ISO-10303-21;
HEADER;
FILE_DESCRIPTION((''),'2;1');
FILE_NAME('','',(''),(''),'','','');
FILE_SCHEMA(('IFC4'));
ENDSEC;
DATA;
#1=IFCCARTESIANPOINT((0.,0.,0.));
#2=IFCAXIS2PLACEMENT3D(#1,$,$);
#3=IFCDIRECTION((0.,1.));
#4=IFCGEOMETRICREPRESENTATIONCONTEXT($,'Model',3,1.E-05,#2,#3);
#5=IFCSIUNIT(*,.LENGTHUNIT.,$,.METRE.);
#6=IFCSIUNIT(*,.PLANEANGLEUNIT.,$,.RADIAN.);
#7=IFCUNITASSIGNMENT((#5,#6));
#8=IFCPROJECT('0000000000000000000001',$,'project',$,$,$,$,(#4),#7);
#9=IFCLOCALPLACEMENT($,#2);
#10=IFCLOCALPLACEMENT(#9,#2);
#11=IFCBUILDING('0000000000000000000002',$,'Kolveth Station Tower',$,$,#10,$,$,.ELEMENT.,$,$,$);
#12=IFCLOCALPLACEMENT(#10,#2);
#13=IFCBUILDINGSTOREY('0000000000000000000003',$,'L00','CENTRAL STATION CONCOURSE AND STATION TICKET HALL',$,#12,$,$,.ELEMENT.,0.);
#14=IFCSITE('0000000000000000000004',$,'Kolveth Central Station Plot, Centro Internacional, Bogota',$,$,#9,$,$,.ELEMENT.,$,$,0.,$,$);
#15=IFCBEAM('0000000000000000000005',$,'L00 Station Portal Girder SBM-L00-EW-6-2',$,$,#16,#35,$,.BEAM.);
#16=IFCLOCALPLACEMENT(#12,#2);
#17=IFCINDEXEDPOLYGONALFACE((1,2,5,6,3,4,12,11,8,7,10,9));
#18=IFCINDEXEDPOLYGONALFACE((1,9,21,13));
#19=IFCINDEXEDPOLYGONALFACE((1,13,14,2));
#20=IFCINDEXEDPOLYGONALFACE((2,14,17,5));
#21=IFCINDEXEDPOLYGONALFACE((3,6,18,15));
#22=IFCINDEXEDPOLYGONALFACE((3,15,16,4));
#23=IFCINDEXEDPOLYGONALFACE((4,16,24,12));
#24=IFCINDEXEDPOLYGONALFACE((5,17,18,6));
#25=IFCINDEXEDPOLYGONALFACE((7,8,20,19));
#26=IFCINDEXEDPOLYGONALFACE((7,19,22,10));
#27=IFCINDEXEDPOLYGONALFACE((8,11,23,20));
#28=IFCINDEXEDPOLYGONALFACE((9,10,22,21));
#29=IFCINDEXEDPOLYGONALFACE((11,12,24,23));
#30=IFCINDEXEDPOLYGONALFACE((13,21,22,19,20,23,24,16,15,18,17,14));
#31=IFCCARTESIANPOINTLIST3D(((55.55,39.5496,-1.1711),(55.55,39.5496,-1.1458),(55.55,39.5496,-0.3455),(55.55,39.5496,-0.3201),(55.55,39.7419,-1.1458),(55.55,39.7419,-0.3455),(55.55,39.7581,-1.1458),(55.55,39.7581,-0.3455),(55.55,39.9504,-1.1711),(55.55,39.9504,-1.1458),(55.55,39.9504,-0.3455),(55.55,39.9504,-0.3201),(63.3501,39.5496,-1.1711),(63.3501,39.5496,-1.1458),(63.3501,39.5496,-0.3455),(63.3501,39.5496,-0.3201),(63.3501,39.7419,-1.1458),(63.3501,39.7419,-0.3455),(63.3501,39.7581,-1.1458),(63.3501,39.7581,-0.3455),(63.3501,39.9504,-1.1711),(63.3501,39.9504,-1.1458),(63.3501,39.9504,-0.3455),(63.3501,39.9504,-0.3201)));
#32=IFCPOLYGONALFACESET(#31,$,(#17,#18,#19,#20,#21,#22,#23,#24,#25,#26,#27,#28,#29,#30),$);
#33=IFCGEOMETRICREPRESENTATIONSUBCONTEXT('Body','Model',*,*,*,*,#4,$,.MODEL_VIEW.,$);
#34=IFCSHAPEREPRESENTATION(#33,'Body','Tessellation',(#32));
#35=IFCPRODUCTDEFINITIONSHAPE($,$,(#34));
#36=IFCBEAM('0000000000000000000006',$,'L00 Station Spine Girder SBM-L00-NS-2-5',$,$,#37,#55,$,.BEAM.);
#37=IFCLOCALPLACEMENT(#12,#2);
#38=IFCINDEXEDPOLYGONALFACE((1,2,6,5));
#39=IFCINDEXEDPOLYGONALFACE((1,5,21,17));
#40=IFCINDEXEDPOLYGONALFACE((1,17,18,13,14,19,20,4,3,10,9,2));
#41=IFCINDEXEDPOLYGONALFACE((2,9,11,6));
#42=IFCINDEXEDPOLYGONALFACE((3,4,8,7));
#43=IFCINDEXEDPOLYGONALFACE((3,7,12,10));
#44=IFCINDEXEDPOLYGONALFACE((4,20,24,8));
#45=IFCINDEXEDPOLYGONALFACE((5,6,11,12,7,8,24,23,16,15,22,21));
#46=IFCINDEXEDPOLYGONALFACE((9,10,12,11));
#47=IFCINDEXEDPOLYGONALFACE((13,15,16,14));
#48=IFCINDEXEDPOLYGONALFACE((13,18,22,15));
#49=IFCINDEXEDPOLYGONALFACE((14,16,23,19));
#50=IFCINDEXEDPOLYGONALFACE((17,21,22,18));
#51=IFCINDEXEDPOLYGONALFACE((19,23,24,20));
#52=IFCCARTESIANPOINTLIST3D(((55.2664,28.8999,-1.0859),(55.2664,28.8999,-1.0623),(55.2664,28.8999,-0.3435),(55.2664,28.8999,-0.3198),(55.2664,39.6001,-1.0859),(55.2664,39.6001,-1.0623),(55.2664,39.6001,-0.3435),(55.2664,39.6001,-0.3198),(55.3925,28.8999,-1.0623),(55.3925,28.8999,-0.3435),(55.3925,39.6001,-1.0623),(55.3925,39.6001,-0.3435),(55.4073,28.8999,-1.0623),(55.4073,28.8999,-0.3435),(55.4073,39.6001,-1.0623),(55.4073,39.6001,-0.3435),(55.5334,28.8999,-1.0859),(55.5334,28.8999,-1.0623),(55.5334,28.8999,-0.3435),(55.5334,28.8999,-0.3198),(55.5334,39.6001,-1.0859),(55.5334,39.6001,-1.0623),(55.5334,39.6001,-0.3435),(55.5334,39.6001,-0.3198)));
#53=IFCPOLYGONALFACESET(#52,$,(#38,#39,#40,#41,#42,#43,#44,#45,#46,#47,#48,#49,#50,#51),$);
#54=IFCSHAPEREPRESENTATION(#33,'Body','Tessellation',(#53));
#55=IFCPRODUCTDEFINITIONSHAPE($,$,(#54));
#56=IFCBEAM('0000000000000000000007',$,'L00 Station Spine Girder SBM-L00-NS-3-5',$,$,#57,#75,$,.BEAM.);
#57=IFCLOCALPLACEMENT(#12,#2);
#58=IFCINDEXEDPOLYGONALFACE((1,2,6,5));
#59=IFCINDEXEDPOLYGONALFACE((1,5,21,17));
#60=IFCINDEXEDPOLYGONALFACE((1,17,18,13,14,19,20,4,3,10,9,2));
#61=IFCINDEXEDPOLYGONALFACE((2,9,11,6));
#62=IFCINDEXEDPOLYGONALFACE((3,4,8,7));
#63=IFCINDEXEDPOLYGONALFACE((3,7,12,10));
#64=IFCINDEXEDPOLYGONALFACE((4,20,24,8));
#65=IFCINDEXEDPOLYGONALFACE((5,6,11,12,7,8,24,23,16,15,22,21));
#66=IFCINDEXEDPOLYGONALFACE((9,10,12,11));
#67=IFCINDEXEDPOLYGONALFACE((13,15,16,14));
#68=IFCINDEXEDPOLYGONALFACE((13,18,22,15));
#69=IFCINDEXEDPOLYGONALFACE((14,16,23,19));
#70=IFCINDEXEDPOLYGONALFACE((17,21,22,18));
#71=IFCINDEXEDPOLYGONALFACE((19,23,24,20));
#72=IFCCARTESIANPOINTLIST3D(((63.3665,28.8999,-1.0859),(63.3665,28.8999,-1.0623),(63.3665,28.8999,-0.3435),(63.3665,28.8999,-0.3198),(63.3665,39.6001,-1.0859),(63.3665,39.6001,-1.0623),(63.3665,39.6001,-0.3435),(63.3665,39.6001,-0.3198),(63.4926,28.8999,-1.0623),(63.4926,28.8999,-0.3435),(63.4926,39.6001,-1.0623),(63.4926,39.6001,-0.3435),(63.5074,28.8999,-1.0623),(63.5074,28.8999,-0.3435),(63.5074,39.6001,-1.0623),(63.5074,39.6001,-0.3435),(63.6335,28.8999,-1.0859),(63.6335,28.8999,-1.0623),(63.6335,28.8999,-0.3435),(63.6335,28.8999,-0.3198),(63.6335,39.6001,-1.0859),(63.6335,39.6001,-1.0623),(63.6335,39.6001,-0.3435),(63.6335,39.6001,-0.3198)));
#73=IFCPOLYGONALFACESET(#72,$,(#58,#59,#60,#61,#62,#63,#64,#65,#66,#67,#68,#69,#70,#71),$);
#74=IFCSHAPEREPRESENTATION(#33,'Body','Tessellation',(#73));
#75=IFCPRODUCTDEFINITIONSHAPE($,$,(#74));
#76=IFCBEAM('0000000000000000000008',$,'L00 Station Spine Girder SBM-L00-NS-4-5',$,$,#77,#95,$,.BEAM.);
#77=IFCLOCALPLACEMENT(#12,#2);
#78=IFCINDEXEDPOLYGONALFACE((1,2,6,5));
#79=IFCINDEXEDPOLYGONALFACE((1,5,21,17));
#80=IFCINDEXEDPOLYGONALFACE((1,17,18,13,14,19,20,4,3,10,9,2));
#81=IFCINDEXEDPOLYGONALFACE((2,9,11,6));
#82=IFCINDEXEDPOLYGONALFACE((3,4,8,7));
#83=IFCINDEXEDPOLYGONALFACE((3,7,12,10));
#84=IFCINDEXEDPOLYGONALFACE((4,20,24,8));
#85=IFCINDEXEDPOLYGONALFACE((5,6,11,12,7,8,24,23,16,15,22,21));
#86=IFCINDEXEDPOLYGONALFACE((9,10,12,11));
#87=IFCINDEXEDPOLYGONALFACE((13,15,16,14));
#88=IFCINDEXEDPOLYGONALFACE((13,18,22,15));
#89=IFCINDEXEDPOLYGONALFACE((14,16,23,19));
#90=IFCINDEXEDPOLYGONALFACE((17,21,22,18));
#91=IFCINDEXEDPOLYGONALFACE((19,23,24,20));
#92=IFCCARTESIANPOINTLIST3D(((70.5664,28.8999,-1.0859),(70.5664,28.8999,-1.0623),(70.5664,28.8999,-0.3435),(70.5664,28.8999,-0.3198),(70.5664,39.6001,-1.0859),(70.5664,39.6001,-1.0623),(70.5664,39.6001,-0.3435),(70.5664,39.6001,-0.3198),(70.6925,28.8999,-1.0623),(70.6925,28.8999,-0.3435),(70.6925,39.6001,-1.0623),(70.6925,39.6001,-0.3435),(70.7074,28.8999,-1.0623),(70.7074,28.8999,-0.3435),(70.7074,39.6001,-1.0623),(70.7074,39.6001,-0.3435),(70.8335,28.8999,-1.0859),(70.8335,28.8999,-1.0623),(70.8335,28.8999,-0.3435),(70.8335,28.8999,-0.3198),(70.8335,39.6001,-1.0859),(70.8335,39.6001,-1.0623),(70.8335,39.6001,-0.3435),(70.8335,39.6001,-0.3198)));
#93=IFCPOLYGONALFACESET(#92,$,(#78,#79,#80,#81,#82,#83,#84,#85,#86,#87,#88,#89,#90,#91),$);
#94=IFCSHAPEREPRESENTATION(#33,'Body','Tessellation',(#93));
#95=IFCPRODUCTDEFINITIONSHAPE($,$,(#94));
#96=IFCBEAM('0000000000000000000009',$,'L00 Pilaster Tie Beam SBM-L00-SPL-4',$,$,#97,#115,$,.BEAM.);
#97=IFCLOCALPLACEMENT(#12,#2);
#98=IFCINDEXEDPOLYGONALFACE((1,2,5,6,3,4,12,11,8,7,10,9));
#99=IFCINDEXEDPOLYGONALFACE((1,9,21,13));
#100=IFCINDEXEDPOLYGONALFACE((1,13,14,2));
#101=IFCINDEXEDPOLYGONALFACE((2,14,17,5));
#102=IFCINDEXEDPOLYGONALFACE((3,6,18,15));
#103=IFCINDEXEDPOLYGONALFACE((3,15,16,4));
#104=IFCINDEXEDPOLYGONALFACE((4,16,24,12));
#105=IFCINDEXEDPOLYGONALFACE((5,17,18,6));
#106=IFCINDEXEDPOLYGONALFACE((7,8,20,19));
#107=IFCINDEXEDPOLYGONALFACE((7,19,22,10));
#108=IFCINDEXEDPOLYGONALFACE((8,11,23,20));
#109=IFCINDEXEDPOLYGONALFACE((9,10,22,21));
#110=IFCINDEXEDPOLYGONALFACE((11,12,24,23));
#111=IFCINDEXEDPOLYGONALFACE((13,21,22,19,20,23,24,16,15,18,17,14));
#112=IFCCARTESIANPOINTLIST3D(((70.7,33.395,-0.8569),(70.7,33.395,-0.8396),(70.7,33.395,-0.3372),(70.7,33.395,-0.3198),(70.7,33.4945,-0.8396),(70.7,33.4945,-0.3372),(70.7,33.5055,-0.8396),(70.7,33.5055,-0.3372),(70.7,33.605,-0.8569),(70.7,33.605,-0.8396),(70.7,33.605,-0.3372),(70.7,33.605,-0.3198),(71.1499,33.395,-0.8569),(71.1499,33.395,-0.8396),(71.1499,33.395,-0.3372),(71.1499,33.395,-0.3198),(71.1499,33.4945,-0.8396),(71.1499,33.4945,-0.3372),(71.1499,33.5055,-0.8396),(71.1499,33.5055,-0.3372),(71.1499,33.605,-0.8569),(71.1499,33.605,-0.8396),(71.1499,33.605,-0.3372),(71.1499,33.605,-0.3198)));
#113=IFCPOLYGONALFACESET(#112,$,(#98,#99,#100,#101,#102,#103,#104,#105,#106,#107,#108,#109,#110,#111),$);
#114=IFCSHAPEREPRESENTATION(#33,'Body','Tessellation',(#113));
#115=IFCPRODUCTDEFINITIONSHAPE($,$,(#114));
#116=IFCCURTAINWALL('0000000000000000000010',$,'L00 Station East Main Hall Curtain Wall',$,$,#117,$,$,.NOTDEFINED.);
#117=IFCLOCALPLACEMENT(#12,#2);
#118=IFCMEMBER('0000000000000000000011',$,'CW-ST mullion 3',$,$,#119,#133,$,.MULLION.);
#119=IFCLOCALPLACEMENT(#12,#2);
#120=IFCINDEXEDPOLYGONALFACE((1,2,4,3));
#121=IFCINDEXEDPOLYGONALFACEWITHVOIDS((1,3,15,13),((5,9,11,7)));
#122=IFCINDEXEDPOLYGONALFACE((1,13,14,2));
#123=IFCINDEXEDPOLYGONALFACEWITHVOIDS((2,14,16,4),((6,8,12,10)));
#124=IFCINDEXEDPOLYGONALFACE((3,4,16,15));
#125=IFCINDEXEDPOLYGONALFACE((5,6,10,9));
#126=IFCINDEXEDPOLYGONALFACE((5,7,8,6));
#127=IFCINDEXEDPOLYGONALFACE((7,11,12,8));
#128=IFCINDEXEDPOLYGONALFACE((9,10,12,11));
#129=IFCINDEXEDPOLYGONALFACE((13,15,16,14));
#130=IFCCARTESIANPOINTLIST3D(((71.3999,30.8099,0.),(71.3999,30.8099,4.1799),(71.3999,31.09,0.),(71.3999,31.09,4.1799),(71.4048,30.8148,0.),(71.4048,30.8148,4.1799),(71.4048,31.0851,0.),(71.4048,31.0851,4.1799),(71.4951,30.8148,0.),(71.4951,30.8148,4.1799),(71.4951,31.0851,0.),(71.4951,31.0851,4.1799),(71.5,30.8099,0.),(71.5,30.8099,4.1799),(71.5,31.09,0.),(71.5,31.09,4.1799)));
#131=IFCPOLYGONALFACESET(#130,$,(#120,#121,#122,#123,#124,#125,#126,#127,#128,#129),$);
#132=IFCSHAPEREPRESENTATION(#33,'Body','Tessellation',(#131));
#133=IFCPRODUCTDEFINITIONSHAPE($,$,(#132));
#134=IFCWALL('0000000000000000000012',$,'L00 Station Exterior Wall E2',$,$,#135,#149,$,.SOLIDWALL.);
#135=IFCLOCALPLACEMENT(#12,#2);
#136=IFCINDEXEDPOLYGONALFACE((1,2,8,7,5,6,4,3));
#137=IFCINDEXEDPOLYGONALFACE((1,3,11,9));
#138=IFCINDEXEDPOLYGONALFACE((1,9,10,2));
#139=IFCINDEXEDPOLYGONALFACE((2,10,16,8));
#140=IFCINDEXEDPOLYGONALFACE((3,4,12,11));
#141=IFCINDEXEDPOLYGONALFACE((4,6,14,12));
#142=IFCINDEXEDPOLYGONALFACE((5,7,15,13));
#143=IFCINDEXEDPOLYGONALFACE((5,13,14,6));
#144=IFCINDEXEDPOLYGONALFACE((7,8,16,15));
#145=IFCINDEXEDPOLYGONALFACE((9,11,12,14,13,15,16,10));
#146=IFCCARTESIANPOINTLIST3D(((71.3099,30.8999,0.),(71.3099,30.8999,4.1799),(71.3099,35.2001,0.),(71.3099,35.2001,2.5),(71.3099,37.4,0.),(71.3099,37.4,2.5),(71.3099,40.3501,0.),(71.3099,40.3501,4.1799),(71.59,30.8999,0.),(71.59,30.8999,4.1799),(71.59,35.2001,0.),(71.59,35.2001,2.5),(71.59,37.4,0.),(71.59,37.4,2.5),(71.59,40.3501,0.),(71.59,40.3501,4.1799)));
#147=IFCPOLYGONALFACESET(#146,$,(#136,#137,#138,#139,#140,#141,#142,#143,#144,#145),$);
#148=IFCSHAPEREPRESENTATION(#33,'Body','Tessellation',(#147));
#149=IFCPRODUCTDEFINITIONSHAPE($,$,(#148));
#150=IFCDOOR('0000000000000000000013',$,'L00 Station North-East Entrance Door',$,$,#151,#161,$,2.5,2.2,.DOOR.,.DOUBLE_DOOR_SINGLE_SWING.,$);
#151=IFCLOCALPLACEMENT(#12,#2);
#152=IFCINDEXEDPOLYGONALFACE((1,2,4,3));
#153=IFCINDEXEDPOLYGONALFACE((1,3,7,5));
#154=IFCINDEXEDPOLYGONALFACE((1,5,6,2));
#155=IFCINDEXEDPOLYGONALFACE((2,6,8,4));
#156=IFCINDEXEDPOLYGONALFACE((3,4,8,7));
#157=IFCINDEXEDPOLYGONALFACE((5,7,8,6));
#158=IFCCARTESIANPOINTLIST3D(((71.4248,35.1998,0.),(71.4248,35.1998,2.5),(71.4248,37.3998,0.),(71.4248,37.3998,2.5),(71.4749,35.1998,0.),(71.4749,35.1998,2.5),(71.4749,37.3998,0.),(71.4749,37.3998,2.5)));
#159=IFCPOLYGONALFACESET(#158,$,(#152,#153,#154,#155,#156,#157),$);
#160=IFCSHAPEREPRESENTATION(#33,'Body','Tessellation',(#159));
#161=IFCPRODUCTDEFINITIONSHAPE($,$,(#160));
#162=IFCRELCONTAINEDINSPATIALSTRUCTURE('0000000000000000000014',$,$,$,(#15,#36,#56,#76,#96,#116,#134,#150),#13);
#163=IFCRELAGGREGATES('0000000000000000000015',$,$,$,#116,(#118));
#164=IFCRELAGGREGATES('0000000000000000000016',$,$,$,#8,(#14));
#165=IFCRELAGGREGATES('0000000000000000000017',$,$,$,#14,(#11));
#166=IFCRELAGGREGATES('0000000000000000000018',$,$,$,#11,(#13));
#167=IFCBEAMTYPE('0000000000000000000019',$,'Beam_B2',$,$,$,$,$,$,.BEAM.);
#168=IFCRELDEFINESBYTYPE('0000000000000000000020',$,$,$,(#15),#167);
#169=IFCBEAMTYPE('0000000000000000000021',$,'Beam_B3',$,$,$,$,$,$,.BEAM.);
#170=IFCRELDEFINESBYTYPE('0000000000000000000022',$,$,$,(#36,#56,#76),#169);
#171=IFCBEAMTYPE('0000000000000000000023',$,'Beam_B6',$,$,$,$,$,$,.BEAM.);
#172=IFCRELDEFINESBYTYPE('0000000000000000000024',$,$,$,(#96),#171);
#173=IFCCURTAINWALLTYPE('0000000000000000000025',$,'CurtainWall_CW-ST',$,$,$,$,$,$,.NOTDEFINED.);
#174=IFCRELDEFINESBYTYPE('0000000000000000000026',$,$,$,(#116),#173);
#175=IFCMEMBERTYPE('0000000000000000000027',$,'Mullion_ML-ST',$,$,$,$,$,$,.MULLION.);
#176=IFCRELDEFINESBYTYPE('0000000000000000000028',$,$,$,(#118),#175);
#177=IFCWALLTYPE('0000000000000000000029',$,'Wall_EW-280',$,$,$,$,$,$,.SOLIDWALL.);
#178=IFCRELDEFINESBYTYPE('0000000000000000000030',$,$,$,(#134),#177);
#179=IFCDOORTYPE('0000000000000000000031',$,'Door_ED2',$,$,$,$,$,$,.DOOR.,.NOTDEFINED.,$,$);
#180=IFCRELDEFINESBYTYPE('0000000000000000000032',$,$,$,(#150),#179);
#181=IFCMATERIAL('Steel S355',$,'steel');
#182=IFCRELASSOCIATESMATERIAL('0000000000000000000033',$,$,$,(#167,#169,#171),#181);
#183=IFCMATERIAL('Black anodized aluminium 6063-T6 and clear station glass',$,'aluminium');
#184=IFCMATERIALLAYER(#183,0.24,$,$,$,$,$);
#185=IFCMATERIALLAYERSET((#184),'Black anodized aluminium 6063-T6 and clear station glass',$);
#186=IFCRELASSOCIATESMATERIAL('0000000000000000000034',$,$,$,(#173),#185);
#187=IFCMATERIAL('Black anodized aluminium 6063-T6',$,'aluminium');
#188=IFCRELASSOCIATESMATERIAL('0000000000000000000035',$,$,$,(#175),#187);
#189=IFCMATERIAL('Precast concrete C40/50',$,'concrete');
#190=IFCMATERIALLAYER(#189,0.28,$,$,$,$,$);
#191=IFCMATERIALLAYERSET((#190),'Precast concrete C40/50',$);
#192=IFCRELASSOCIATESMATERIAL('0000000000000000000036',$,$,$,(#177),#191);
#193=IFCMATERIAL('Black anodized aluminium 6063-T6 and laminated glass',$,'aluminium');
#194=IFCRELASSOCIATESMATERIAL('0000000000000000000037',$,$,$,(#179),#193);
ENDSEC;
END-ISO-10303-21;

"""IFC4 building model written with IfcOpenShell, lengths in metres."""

from ifc_helpers import new_model, si_unit, direction, frame, frame_2d, origin, origin_2d, place, context, subcontext, project, spatial, rectangle, hollow_rectangle, i_section, extrude, source, transform, mapped, material, layer, layer_set, material_profile, profile_set, type_object, element, fill, aggregate, save


model = new_model("IFC4")

# Units and contexts
model_context = context("Model", 3, precision=1e-05, world=origin(), true_north=direction((0.0, 1.0)))
body_context = subcontext(model_context, "Body", "Model", "MODEL_VIEW")
ifc_project = project(units=[si_unit("LENGTHUNIT", "METRE"), si_unit("PLANEANGLEUNIT", "RADIAN")], contexts=[model_context])

# Site, building, storey
site_placement = place(None, origin())
site = spatial("IfcSite", under=ifc_project, at=site_placement, Name="Kolveth Central Station Plot, Centro Internacional, Bogota", CompositionType="ELEMENT", RefElevation=0.0)
building_placement = place(site_placement, origin())
building = spatial("IfcBuilding", under=site, at=building_placement, Name="Kolveth Station Tower", CompositionType="ELEMENT")
storey_placement = place(building_placement, origin())
storey = spatial("IfcBuildingStorey", under=building, at=storey_placement, Name="L00", Description="CENTRAL STATION CONCOURSE AND STATION TICKET HALL", CompositionType="ELEMENT", Elevation=0.0)

# Shared definitions
ifc_material_1 = material(Name="Steel S355", Category="steel")

# Beams
ifc_material_profile_1 = material_profile(ifc_material_1, i_section(OverallWidth=0.4009, OverallDepth=0.8511, WebThickness=0.0161, FlangeThickness=0.0254, at=origin_2d()), Name="W840x226")
ifc_profile_set_1 = profile_set([ifc_material_profile_1], Name="Steel S355")
beam_type_1 = type_object("IfcBeamType", Name="Beam_B2", PredefinedType="BEAM", material=ifc_profile_set_1)
shared_shape_1 = source(origin(), body_context, "Body", "SweptSolid", [
    extrude(i_section(OverallWidth=0.4009, OverallDepth=0.8511, WebThickness=0.0161, FlangeThickness=0.0254, at=origin_2d()), origin(), (0.0, 0.0, 1.0), 7.8),
])
beam_1_placement = place(storey_placement, frame((55.55, 39.75, -0.7456), z_axis=(1.0, 0.0, 0.0), x_axis=(0.0, 1.0, 0.0)))
element("IfcBeam", 1, at=beam_1_placement, inside=storey, type_object=beam_type_1, Name="L00 Station Portal Girder SBM-L00-EW-6-2", PredefinedType="BEAM", context=body_context, shape_type="MappedRepresentation", body=[
    mapped(shared_shape_1, transform((0.0, 0.0, 0.0), x_axis=(1.0, 0.0, 0.0), y_axis=(0.0, 1.0, 0.0), z_axis=(0.0, 0.0, 1.0), scale=1.0)),
])
ifc_material_profile_2 = material_profile(ifc_material_1, i_section(OverallWidth=0.2671, OverallDepth=0.7661, WebThickness=0.0149, FlangeThickness=0.0237, at=origin_2d()), Name="W760x185")
ifc_profile_set_2 = profile_set([ifc_material_profile_2], Name="Steel S355")
beam_type_2 = type_object("IfcBeamType", Name="Beam_B3", PredefinedType="BEAM", material=ifc_profile_set_2)
shared_shape_2 = source(origin(), body_context, "Body", "SweptSolid", [
    extrude(i_section(OverallWidth=0.2671, OverallDepth=0.7661, WebThickness=0.0149, FlangeThickness=0.0237, at=origin_2d()), origin(), (0.0, 0.0, 1.0), 10.7002),
])
for number, where, z_axis, x_axis, name in (
    (2, (55.3999, 28.8999, -0.7029), (0.0, 1.0, 0.0), (-1.0, 0.0, 0.0), "L00 Station Spine Girder SBM-L00-NS-2-5"),
    (3, (63.5, 28.8999, -0.7029), (0.0, 1.0, 0.0), (-1.0, 0.0, 0.0), "L00 Station Spine Girder SBM-L00-NS-3-5"),
    (4, (70.7, 28.8999, -0.7029), (0.0, 1.0, 0.0), (-1.0, 0.0, 0.0), "L00 Station Spine Girder SBM-L00-NS-4-5"),
):
    element("IfcBeam", number, at=place(storey_placement, frame(where, z_axis=z_axis, x_axis=x_axis)), inside=storey, type_object=beam_type_2, Name=name, PredefinedType="BEAM", context=body_context, shape_type="MappedRepresentation", body=[
        mapped(shared_shape_2, transform((0.0, 0.0, 0.0), x_axis=(1.0, 0.0, 0.0), y_axis=(0.0, 1.0, 0.0), z_axis=(0.0, 0.0, 1.0), scale=1.0)),
    ])
ifc_material_profile_3 = material_profile(ifc_material_1, i_section(OverallWidth=0.21, OverallDepth=0.5371, WebThickness=0.011, FlangeThickness=0.0173, at=origin_2d()), Name="W530x101")
ifc_profile_set_3 = profile_set([ifc_material_profile_3], Name="Steel S355")
beam_type_3 = type_object("IfcBeamType", Name="Beam_B6", PredefinedType="BEAM", material=ifc_profile_set_3)
shared_shape_3 = source(origin(), body_context, "Body", "SweptSolid", [
    extrude(i_section(OverallWidth=0.21, OverallDepth=0.5371, WebThickness=0.011, FlangeThickness=0.0173, at=origin_2d()), origin(), (0.0, 0.0, 1.0), 0.45),
])
beam_2_placement = place(storey_placement, frame((70.7, 33.5, -0.5884), z_axis=(1.0, 0.0, 0.0), x_axis=(0.0, 1.0, 0.0)))
element("IfcBeam", 5, at=beam_2_placement, inside=storey, type_object=beam_type_3, Name="L00 Pilaster Tie Beam SBM-L00-SPL-4", PredefinedType="BEAM", context=body_context, shape_type="MappedRepresentation", body=[
    mapped(shared_shape_3, transform((0.0, 0.0, 0.0), x_axis=(1.0, 0.0, 0.0), y_axis=(0.0, 1.0, 0.0), z_axis=(0.0, 0.0, 1.0), scale=1.0)),
])

# Curtain wall, member
ifc_material_2 = material(Name="Black anodized aluminium 6063-T6 and clear station glass", Category="aluminium")
ifc_layer_1 = layer(ifc_material_2, 0.24)
ifc_layer_set_1 = layer_set([ifc_layer_1], Name="Black anodized aluminium 6063-T6 and clear station glass")
curtain_wall_type = type_object("IfcCurtainWallType", Name="CurtainWall_CW-ST", PredefinedType="NOTDEFINED", material=ifc_layer_set_1)
curtain_wall_placement = place(storey_placement, origin())
curtain_wall = element("IfcCurtainWall", 6, at=curtain_wall_placement, inside=storey, type_object=curtain_wall_type, Name="L00 Station East Main Hall Curtain Wall", PredefinedType="NOTDEFINED")
ifc_material_3 = material(Name="Black anodized aluminium 6063-T6", Category="aluminium")
ifc_material_profile_4 = material_profile(ifc_material_3, hollow_rectangle(XDim=0.1001, YDim=0.28, WallThickness=0.0049, at=origin_2d()), Name="ALU-100x280x5")
ifc_profile_set_4 = profile_set([ifc_material_profile_4], Name="Black anodized aluminium 6063-T6")
member_type = type_object("IfcMemberType", Name="Mullion_ML-ST", PredefinedType="MULLION", material=ifc_profile_set_4)
shared_shape_4 = source(origin(), body_context, "Body", "SweptSolid", [
    extrude(hollow_rectangle(XDim=0.1001, YDim=0.28, WallThickness=0.0049, at=origin_2d()), origin(), (0.0, 0.0, 1.0), 4.1799),
])
member_placement = place(storey_placement, frame((71.45, 30.95, 0.0), z_axis=(0.0, 0.0, 1.0), x_axis=(-1.0, 0.0, 0.0)))
member = element("IfcMember", 7, at=member_placement, type_object=member_type, Name="CW-ST mullion 3", PredefinedType="MULLION", context=body_context, shape_type="MappedRepresentation", body=[
    mapped(shared_shape_4, transform((0.0, 0.0, 0.0), x_axis=(1.0, 0.0, 0.0), y_axis=(0.0, 1.0, 0.0), z_axis=(0.0, 0.0, 1.0), scale=1.0)),
])
aggregate(curtain_wall, [member])

# Wall, opening, door
ifc_material_4 = material(Name="Precast concrete C40/50", Category="concrete")
ifc_layer_2 = layer(ifc_material_4, 0.28)
ifc_layer_set_2 = layer_set([ifc_layer_2], Name="Precast concrete C40/50")
wall_type_1 = type_object("IfcWallType", Name="Wall_EW-280", PredefinedType="SOLIDWALL", material=ifc_layer_set_2)
wall_1_placement = place(storey_placement, frame((71.45, 30.8999, 0.0), z_axis=(0.0, 0.0, 1.0), x_axis=(0.0, 1.0, 0.0)))
wall_1 = element("IfcWall", 8, at=wall_1_placement, inside=storey, type_object=wall_type_1, Name="L00 Station Exterior Wall E2", PredefinedType="SOLIDWALL", context=body_context, shape_type="SweptSolid", body=[
    extrude(rectangle(XDim=9.4502, YDim=0.28, at=frame_2d((4.7251, 0.0))), origin(), (0.0, 0.0, 1.0), 4.1799),
])
opening_1_placement = place(wall_1_placement, frame((4.3, 0.0, 0.0)))
opening_1 = element("IfcOpeningElement", 9, at=opening_1_placement, cuts=wall_1, PredefinedType="OPENING", context=body_context, shape_type="SweptSolid", body=[
    extrude(rectangle(XDim=2.2, YDim=2.5, at=frame_2d((1.1001, 1.25))), frame((0.0, 0.1499, 0.0), z_axis=(0.0, -1.0, 0.0), x_axis=(1.0, 0.0, 0.0)), (0.0, 0.0, 1.0), 0.3),
])
ifc_material_5 = material(Name="Black anodized aluminium 6063-T6 and laminated glass", Category="aluminium")
door_type_1 = type_object("IfcDoorType", Name="Door_ED2", OperationType="NOTDEFINED", PredefinedType="DOOR", material=ifc_material_5)
door_1_placement = place(opening_1_placement, frame((2.2, 0.0, 0.0), z_axis=(0.0, 0.0, 1.0), x_axis=(-1.0, 0.0, 0.0)))
door_1 = element("IfcDoor", 10, at=door_1_placement, inside=storey, type_object=door_type_1, Name="L00 Station North-East Entrance Door", OperationType="DOUBLE_DOOR_SINGLE_SWING", OverallHeight=2.5, OverallWidth=2.2, PredefinedType="DOOR", context=body_context, shape_type="SweptSolid", body=[
    extrude(rectangle(XDim=2.2, YDim=2.5, at=frame_2d((1.1001, 1.25))), frame((0.0, 0.0249, 0.0), z_axis=(0.0, -1.0, 0.0), x_axis=(1.0, 0.0, 0.0)), (0.0, 0.0, 1.0), 0.05),
])
fill(opening_1, door_1)

save(model, "model.ifc")
